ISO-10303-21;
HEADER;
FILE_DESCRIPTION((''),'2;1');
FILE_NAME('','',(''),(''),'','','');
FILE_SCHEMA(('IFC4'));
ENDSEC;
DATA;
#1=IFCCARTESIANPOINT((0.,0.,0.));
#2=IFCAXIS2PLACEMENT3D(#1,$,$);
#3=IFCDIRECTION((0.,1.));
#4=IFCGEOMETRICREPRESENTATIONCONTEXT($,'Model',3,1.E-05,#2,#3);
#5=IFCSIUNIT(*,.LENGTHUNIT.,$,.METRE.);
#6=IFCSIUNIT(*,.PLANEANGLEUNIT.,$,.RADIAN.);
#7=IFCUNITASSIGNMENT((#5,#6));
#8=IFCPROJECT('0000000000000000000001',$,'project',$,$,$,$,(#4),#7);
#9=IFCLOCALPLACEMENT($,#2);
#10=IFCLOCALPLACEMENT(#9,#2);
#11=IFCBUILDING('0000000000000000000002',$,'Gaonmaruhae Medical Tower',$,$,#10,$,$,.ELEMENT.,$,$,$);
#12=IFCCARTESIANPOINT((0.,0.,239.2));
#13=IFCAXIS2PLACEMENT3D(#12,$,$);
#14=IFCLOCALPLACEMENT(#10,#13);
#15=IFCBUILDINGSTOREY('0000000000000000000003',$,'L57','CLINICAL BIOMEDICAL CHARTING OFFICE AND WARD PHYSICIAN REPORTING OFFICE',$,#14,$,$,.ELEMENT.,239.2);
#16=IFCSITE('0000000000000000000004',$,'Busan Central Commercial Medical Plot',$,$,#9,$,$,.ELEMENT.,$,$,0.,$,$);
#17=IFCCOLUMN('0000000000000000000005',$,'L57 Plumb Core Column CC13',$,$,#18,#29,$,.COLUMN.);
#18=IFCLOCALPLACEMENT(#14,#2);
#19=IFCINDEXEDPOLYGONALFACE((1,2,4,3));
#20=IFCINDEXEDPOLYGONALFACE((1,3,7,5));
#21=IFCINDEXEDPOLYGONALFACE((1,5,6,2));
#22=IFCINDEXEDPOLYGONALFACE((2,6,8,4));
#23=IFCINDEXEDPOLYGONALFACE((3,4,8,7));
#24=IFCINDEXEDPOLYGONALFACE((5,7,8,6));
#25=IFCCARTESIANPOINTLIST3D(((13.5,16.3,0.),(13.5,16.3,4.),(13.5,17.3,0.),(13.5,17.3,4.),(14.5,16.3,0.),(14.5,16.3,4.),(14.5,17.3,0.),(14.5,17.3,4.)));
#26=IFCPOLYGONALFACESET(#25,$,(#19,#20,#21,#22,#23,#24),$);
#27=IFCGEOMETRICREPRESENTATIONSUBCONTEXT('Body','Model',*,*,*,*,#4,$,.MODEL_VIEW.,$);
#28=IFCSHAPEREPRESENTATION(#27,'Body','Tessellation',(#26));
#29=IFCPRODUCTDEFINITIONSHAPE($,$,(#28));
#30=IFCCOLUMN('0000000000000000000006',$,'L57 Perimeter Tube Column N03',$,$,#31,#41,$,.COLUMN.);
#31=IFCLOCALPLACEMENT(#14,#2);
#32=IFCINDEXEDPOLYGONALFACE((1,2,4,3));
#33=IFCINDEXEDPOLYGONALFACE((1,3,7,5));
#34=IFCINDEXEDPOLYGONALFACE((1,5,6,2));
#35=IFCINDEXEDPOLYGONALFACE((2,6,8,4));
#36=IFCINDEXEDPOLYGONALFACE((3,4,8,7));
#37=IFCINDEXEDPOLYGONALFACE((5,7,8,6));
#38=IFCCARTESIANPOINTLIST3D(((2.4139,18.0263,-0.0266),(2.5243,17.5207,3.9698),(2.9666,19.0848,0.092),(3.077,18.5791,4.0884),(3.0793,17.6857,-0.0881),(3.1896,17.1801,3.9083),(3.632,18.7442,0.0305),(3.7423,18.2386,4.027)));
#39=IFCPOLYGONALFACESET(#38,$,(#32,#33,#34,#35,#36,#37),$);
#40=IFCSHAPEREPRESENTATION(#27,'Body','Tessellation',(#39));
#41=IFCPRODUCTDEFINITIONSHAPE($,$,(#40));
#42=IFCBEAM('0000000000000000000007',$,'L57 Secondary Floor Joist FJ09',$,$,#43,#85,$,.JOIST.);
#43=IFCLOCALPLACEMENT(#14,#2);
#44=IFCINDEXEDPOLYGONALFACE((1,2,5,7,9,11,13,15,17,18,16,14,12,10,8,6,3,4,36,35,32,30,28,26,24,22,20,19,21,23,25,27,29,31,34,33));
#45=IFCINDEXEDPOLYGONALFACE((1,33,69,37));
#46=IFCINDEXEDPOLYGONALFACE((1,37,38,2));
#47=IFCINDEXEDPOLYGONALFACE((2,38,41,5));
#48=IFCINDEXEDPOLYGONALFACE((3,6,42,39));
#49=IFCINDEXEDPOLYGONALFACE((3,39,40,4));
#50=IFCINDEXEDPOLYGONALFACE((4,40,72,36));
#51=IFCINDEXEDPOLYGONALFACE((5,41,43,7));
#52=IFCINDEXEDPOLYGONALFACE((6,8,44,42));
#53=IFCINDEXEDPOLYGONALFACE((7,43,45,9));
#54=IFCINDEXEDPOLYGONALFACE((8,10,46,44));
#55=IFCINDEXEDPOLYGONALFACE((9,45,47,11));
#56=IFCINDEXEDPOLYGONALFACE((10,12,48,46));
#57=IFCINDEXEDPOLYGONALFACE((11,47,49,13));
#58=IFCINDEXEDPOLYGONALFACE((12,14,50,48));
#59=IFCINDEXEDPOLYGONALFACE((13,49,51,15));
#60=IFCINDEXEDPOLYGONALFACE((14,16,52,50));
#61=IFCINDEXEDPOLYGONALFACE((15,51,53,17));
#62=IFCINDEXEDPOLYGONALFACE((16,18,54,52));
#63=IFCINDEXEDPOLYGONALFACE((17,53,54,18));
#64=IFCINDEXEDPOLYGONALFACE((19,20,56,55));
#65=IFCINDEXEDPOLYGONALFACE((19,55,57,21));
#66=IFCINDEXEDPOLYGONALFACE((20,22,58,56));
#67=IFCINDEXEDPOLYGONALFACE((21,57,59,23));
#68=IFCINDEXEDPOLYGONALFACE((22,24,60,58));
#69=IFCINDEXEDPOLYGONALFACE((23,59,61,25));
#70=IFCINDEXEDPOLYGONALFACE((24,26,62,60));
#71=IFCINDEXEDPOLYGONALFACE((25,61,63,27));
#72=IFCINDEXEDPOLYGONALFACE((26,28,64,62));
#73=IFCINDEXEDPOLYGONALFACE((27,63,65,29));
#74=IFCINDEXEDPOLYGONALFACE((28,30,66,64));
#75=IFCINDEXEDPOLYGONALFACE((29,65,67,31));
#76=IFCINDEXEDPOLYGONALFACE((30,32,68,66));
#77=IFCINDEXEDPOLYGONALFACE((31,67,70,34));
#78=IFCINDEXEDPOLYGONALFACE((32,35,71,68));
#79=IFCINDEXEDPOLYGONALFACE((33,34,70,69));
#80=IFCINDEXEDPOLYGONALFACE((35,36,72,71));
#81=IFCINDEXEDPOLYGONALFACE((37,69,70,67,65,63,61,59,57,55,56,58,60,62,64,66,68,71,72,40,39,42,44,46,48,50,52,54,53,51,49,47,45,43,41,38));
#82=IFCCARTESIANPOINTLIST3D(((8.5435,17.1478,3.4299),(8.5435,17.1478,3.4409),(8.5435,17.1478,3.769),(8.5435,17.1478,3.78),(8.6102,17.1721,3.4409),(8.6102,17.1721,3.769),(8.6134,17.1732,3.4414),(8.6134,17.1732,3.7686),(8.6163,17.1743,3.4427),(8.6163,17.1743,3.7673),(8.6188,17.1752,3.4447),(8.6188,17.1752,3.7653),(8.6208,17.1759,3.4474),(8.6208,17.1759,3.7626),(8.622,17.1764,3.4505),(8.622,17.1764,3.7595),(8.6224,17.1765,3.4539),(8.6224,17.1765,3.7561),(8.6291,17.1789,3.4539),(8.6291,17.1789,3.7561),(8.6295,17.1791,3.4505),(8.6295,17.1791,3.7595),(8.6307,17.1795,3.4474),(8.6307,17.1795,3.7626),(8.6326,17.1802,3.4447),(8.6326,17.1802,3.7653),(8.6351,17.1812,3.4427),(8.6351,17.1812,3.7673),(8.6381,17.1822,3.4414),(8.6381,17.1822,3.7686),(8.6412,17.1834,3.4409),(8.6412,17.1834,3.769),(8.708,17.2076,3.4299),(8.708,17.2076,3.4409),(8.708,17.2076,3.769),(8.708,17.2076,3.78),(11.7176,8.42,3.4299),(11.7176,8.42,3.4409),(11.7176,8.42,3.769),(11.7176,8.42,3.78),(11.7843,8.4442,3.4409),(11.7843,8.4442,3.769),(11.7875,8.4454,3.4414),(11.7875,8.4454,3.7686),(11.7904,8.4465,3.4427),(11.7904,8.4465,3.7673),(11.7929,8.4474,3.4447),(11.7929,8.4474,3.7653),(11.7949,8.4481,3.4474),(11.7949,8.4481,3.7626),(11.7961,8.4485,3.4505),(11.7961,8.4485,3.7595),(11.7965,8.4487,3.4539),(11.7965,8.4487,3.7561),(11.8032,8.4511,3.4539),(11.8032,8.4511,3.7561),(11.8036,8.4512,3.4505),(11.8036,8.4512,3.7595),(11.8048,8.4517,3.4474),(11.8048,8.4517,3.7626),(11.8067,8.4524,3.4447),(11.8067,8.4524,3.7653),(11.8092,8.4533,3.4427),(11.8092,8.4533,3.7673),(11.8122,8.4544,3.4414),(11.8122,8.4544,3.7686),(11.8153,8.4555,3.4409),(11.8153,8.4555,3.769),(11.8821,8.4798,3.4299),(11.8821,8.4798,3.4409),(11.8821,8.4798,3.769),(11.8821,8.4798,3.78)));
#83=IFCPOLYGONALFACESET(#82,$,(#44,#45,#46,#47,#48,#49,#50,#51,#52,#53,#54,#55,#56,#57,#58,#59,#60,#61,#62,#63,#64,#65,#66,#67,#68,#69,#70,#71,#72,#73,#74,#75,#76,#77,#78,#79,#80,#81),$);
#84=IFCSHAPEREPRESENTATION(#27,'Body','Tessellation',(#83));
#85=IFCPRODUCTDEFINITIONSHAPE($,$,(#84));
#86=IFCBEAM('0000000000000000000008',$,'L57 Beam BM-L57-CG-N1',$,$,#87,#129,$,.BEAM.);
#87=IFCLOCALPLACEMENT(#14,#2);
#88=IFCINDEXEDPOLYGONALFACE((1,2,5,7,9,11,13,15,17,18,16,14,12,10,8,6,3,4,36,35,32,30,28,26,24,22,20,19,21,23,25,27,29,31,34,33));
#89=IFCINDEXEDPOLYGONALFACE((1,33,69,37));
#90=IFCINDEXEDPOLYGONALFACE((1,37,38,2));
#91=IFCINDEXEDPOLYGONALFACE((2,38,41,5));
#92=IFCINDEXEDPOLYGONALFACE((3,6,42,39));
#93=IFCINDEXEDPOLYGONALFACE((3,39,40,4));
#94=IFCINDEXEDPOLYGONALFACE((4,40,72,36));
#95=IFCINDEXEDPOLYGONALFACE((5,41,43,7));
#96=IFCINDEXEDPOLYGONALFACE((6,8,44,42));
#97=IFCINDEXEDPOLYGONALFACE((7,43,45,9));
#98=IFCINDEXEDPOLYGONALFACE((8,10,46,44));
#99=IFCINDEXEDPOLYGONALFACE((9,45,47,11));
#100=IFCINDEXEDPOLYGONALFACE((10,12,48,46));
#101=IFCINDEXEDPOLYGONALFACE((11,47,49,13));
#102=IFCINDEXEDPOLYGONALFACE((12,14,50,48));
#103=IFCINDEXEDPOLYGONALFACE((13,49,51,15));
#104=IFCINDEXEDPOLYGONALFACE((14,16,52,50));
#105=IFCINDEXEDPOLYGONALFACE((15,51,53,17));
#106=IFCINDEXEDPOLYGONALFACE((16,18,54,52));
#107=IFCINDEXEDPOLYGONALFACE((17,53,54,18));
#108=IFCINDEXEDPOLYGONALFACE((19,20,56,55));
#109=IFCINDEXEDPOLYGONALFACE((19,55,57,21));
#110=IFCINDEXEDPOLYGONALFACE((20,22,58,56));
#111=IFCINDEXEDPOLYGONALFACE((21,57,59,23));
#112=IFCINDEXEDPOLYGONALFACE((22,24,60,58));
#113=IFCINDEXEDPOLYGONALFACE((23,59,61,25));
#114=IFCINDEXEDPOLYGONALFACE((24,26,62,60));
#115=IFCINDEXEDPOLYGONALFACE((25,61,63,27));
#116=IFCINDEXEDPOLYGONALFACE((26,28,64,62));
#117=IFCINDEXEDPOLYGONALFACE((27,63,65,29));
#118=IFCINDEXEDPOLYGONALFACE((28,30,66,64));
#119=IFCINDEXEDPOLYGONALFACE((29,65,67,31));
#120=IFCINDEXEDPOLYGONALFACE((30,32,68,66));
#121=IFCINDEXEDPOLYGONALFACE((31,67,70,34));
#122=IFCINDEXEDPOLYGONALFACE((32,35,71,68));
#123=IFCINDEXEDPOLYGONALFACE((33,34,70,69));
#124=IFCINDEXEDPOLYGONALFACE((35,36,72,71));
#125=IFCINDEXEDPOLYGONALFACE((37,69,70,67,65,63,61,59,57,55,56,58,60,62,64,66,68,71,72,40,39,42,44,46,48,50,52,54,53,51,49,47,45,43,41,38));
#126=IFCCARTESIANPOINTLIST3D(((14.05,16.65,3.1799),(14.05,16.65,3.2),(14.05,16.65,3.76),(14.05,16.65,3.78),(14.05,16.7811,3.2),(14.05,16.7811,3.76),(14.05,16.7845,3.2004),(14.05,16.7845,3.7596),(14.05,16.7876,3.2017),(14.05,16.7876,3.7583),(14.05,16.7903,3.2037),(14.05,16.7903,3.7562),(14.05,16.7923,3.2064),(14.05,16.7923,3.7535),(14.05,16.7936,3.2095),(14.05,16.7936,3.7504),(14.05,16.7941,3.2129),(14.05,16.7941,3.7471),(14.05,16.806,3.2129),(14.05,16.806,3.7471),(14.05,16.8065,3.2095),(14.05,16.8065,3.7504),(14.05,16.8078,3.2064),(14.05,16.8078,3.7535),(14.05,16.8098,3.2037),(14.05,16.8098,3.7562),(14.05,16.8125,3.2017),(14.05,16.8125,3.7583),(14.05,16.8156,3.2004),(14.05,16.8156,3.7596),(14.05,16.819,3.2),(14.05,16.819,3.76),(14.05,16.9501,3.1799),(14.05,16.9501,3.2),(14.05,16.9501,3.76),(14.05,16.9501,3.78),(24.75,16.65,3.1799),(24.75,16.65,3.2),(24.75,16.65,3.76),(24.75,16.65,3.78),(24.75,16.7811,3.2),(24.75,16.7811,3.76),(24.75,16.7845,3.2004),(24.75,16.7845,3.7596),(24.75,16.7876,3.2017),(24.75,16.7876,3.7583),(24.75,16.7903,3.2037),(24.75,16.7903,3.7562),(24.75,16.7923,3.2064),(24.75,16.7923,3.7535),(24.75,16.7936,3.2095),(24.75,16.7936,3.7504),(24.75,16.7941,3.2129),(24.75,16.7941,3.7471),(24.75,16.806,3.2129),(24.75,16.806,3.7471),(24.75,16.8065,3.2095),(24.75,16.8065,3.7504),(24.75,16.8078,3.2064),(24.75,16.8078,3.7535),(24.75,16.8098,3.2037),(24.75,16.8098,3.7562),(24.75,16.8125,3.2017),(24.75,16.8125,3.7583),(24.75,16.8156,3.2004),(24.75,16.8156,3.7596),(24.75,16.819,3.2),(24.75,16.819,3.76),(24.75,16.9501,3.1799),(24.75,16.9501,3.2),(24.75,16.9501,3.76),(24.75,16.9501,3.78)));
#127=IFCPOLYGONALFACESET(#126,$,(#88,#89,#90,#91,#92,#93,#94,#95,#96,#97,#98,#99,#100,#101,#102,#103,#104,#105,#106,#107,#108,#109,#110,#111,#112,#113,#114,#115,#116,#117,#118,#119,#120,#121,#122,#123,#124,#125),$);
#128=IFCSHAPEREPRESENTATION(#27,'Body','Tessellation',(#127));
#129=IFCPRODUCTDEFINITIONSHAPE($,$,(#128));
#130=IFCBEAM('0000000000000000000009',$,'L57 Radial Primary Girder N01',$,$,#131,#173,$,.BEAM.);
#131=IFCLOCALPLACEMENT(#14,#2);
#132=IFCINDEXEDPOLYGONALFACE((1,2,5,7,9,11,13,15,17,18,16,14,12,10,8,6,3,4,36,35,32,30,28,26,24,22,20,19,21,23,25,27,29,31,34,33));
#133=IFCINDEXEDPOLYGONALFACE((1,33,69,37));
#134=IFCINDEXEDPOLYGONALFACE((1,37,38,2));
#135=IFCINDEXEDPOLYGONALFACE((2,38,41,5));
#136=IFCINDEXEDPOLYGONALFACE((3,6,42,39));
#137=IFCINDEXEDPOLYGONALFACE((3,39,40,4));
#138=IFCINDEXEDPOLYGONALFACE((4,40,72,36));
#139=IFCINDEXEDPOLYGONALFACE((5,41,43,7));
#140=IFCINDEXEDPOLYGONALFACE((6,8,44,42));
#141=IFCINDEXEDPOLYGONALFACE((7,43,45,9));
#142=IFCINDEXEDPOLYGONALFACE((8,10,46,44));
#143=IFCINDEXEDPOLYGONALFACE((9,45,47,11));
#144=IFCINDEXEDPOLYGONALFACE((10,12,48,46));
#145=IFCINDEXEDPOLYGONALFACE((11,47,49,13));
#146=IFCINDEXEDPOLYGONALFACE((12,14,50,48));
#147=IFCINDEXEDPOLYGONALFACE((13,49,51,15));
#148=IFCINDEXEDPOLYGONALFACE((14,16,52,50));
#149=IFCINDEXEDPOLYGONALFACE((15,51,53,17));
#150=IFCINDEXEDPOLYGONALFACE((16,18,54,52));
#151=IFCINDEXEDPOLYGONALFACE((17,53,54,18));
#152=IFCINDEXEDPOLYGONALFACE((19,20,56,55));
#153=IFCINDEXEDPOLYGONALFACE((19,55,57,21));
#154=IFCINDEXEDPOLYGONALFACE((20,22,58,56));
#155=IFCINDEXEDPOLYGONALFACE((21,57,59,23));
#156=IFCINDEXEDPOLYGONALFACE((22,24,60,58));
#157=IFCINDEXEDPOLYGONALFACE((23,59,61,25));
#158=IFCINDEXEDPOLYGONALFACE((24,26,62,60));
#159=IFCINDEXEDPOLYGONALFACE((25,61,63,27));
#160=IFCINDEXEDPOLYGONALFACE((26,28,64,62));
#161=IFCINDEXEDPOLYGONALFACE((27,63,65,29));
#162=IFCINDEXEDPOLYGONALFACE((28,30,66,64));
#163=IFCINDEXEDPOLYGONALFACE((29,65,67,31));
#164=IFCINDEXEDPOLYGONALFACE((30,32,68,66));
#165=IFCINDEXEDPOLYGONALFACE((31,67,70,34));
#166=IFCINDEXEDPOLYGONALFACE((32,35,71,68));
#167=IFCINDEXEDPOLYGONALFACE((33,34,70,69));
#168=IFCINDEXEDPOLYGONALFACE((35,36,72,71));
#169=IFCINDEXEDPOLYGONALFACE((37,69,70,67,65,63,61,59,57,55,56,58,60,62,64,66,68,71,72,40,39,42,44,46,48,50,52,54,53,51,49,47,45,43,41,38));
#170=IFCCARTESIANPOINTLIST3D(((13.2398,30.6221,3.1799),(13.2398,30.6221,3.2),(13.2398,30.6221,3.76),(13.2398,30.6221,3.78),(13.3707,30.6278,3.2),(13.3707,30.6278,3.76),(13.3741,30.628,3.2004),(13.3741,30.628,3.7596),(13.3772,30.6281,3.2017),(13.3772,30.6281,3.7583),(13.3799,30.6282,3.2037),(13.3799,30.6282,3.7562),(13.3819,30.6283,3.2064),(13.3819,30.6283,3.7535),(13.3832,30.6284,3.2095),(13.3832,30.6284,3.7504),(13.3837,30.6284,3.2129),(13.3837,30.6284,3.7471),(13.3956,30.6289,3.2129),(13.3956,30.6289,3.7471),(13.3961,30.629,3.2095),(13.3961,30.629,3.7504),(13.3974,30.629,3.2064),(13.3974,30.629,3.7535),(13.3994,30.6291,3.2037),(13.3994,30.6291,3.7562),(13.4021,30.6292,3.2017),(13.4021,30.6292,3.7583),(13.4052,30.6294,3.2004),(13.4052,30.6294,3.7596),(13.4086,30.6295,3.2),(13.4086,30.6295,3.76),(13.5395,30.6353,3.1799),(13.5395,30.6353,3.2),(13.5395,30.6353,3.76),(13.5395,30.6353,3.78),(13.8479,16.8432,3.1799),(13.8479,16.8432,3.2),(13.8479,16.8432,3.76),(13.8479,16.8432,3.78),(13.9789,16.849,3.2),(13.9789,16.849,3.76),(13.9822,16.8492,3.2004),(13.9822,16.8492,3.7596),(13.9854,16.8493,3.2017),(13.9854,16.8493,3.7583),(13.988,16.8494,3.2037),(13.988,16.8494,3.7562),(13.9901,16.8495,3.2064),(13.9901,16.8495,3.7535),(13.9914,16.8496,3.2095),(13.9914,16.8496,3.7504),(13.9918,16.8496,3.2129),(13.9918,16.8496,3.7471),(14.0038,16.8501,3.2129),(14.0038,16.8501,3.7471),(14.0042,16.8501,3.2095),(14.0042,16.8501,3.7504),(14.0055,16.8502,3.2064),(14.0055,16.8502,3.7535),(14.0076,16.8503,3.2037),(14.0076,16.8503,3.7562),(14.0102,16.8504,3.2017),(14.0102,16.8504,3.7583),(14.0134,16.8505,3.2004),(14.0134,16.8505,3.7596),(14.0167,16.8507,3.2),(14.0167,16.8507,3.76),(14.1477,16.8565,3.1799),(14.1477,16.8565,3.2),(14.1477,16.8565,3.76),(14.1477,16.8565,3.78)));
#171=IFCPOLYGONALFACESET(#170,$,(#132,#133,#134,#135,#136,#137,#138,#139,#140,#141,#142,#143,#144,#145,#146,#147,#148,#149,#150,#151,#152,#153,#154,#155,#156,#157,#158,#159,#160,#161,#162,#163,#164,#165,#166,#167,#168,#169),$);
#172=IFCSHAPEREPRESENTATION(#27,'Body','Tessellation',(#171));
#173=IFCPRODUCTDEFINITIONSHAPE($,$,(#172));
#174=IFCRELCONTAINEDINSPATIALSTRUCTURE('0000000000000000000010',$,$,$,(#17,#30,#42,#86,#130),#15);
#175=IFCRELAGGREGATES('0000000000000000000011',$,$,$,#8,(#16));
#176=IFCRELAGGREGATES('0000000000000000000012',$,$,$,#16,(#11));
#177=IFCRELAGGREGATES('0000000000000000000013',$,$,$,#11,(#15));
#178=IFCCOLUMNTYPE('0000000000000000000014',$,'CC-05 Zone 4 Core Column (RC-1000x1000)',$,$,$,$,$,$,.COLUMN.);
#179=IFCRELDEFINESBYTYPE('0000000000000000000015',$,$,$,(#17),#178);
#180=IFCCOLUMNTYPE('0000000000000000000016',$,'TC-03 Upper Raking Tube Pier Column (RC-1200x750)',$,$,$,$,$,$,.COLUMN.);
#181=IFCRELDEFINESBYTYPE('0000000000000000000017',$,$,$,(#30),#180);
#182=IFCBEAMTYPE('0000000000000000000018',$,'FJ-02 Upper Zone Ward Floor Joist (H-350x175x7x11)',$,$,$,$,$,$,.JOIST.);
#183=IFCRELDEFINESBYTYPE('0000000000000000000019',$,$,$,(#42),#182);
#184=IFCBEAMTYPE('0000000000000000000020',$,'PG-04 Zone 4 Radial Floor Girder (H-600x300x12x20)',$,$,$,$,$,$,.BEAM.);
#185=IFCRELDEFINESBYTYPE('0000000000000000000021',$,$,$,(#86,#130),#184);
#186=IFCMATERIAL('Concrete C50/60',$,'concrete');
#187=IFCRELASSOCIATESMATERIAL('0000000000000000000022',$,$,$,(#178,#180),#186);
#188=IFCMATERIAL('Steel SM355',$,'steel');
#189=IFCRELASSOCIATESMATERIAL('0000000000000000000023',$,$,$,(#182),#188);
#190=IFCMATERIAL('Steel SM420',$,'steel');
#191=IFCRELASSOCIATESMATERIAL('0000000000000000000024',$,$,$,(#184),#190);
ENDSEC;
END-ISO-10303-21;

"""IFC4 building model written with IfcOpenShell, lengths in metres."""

from ifc_helpers import new_model, si_unit, direction, frame, origin, origin_2d, place, context, subcontext, project, spatial, rectangle, i_section, extrude, material, material_profile, profile_set, type_object, element, save


model = new_model("IFC4")

# Units and contexts
model_context = context("Model", 3, precision=1e-05, world=origin(), true_north=direction((0.0, 1.0)))
body_context = subcontext(model_context, "Body", "Model", "MODEL_VIEW")
ifc_project = project(units=[si_unit("LENGTHUNIT", "METRE"), si_unit("PLANEANGLEUNIT", "RADIAN")], contexts=[model_context])

# Site, building, storey
site_placement = place(None, origin())
site = spatial("IfcSite", under=ifc_project, at=site_placement, Name="Busan Central Commercial Medical Plot", CompositionType="ELEMENT", RefElevation=0.0)
building_placement = place(site_placement, origin())
building = spatial("IfcBuilding", under=site, at=building_placement, Name="Gaonmaruhae Medical Tower", CompositionType="ELEMENT")
storey_placement = place(building_placement, frame((0.0, 0.0, 239.2)))
storey = spatial("IfcBuildingStorey", under=building, at=storey_placement, Name="L57", Description="CLINICAL BIOMEDICAL CHARTING OFFICE AND WARD PHYSICIAN REPORTING OFFICE", CompositionType="ELEMENT", Elevation=239.2)

# Columns
ifc_material_1 = material(Name="Concrete C50/60", Category="concrete")
ifc_material_profile_1 = material_profile(ifc_material_1, rectangle(XDim=1.0, YDim=1.0, at=origin_2d()), Name="RC-1000x1000")
ifc_profile_set_1 = profile_set([ifc_material_profile_1], Name="Concrete C50/60")
column_type_1 = type_object("IfcColumnType", Name="CC-05 Zone 4 Core Column (RC-1000x1000)", PredefinedType="COLUMN", material=ifc_profile_set_1)
column_1_placement = place(storey_placement, frame((14.0, 16.8, 0.0), z_axis=(0.0, 0.0, 1.0), x_axis=(1.0, 0.0, 0.0)))
element("IfcColumn", 1, at=column_1_placement, inside=storey, type_object=column_type_1, Name="L57 Plumb Core Column CC13", PredefinedType="COLUMN", context=body_context, shape_type="SweptSolid", body=[
    extrude(rectangle(XDim=1.0, YDim=1.0, at=origin_2d()), origin(), (0.0, 0.0, 1.0), 4.0),
])
ifc_material_profile_2 = material_profile(ifc_material_1, rectangle(XDim=1.2, YDim=0.75, at=origin_2d()), Name="RC-1200x750")
ifc_profile_set_2 = profile_set([ifc_material_profile_2], Name="Concrete C50/60")
column_type_2 = type_object("IfcColumnType", Name="TC-03 Upper Raking Tube Pier Column (RC-1200x750)", PredefinedType="COLUMN", material=ifc_profile_set_2)
column_2_placement = place(storey_placement, frame((3.0229, 18.3853, 0.002), z_axis=(0.027385, -0.125472, 0.991719), x_axis=(0.460601, 0.882082, 0.098882)))
element("IfcColumn", 2, at=column_2_placement, inside=storey, type_object=column_type_2, Name="L57 Perimeter Tube Column N03", PredefinedType="COLUMN", context=body_context, shape_type="SweptSolid", body=[
    extrude(rectangle(XDim=1.2, YDim=0.75, at=origin_2d()), origin(), (0.0, 0.0, 1.0), 4.0298),
])

# Beams
ifc_material_2 = material(Name="Steel SM355", Category="steel")
ifc_material_profile_3 = material_profile(ifc_material_2, i_section(OverallWidth=0.175, OverallDepth=0.3501, WebThickness=0.0071, FlangeThickness=0.011, FilletRadius=0.0129, at=origin_2d()), Name="H-350x175x7x11")
ifc_profile_set_3 = profile_set([ifc_material_profile_3], Name="Steel SM355")
beam_type_1 = type_object("IfcBeamType", Name="FJ-02 Upper Zone Ward Floor Joist (H-350x175x7x11)", PredefinedType="JOIST", material=ifc_profile_set_3)
beam_1_placement = place(storey_placement, frame((8.6257, 17.1777, 3.605), z_axis=(0.341775, -0.939782, 0.0), x_axis=(0.939782, 0.341775, 0.0)))
element("IfcBeam", 3, at=beam_1_placement, inside=storey, type_object=beam_type_1, Name="L57 Secondary Floor Joist FJ09", PredefinedType="JOIST", context=body_context, shape_type="SweptSolid", body=[
    extrude(i_section(OverallWidth=0.175, OverallDepth=0.3501, WebThickness=0.0071, FlangeThickness=0.011, FilletRadius=0.0129, at=origin_2d()), origin(), (0.0, 0.0, 1.0), 9.2871),
])
ifc_material_3 = material(Name="Steel SM420", Category="steel")
ifc_material_profile_4 = material_profile(ifc_material_3, i_section(OverallWidth=0.3, OverallDepth=0.6001, WebThickness=0.012, FlangeThickness=0.02, FilletRadius=0.0129, at=origin_2d()), Name="H-600x300x12x20")
ifc_profile_set_4 = profile_set([ifc_material_profile_4], Name="Steel SM420")
beam_type_2 = type_object("IfcBeamType", Name="PG-04 Zone 4 Radial Floor Girder (H-600x300x12x20)", PredefinedType="BEAM", material=ifc_profile_set_4)
beam_2_placement = place(storey_placement, frame((14.05, 16.8, 3.48), z_axis=(1.0, 0.0, 0.0), x_axis=(0.0, 1.0, 0.0)))
element("IfcBeam", 4, at=beam_2_placement, inside=storey, type_object=beam_type_2, Name="L57 Beam BM-L57-CG-N1", PredefinedType="BEAM", context=body_context, shape_type="SweptSolid", body=[
    extrude(i_section(OverallWidth=0.3, OverallDepth=0.6001, WebThickness=0.012, FlangeThickness=0.02, FilletRadius=0.0129, at=origin_2d()), origin(), (0.0, 0.0, 1.0), 10.7),
])
beam_3_placement = place(storey_placement, frame((13.9978, 16.8499, 3.48), z_axis=(-0.044094, 0.999027, 0.0), x_axis=(-0.999027, -0.044094, 0.0)))
element("IfcBeam", 5, at=beam_3_placement, inside=storey, type_object=beam_type_2, Name="L57 Radial Primary Girder N01", PredefinedType="BEAM", context=body_context, shape_type="SweptSolid", body=[
    extrude(i_section(OverallWidth=0.3, OverallDepth=0.6001, WebThickness=0.012, FlangeThickness=0.02, FilletRadius=0.0129, at=origin_2d()), origin(), (0.0, 0.0, 1.0), 13.7922),
])

save(model, "model.ifc")
